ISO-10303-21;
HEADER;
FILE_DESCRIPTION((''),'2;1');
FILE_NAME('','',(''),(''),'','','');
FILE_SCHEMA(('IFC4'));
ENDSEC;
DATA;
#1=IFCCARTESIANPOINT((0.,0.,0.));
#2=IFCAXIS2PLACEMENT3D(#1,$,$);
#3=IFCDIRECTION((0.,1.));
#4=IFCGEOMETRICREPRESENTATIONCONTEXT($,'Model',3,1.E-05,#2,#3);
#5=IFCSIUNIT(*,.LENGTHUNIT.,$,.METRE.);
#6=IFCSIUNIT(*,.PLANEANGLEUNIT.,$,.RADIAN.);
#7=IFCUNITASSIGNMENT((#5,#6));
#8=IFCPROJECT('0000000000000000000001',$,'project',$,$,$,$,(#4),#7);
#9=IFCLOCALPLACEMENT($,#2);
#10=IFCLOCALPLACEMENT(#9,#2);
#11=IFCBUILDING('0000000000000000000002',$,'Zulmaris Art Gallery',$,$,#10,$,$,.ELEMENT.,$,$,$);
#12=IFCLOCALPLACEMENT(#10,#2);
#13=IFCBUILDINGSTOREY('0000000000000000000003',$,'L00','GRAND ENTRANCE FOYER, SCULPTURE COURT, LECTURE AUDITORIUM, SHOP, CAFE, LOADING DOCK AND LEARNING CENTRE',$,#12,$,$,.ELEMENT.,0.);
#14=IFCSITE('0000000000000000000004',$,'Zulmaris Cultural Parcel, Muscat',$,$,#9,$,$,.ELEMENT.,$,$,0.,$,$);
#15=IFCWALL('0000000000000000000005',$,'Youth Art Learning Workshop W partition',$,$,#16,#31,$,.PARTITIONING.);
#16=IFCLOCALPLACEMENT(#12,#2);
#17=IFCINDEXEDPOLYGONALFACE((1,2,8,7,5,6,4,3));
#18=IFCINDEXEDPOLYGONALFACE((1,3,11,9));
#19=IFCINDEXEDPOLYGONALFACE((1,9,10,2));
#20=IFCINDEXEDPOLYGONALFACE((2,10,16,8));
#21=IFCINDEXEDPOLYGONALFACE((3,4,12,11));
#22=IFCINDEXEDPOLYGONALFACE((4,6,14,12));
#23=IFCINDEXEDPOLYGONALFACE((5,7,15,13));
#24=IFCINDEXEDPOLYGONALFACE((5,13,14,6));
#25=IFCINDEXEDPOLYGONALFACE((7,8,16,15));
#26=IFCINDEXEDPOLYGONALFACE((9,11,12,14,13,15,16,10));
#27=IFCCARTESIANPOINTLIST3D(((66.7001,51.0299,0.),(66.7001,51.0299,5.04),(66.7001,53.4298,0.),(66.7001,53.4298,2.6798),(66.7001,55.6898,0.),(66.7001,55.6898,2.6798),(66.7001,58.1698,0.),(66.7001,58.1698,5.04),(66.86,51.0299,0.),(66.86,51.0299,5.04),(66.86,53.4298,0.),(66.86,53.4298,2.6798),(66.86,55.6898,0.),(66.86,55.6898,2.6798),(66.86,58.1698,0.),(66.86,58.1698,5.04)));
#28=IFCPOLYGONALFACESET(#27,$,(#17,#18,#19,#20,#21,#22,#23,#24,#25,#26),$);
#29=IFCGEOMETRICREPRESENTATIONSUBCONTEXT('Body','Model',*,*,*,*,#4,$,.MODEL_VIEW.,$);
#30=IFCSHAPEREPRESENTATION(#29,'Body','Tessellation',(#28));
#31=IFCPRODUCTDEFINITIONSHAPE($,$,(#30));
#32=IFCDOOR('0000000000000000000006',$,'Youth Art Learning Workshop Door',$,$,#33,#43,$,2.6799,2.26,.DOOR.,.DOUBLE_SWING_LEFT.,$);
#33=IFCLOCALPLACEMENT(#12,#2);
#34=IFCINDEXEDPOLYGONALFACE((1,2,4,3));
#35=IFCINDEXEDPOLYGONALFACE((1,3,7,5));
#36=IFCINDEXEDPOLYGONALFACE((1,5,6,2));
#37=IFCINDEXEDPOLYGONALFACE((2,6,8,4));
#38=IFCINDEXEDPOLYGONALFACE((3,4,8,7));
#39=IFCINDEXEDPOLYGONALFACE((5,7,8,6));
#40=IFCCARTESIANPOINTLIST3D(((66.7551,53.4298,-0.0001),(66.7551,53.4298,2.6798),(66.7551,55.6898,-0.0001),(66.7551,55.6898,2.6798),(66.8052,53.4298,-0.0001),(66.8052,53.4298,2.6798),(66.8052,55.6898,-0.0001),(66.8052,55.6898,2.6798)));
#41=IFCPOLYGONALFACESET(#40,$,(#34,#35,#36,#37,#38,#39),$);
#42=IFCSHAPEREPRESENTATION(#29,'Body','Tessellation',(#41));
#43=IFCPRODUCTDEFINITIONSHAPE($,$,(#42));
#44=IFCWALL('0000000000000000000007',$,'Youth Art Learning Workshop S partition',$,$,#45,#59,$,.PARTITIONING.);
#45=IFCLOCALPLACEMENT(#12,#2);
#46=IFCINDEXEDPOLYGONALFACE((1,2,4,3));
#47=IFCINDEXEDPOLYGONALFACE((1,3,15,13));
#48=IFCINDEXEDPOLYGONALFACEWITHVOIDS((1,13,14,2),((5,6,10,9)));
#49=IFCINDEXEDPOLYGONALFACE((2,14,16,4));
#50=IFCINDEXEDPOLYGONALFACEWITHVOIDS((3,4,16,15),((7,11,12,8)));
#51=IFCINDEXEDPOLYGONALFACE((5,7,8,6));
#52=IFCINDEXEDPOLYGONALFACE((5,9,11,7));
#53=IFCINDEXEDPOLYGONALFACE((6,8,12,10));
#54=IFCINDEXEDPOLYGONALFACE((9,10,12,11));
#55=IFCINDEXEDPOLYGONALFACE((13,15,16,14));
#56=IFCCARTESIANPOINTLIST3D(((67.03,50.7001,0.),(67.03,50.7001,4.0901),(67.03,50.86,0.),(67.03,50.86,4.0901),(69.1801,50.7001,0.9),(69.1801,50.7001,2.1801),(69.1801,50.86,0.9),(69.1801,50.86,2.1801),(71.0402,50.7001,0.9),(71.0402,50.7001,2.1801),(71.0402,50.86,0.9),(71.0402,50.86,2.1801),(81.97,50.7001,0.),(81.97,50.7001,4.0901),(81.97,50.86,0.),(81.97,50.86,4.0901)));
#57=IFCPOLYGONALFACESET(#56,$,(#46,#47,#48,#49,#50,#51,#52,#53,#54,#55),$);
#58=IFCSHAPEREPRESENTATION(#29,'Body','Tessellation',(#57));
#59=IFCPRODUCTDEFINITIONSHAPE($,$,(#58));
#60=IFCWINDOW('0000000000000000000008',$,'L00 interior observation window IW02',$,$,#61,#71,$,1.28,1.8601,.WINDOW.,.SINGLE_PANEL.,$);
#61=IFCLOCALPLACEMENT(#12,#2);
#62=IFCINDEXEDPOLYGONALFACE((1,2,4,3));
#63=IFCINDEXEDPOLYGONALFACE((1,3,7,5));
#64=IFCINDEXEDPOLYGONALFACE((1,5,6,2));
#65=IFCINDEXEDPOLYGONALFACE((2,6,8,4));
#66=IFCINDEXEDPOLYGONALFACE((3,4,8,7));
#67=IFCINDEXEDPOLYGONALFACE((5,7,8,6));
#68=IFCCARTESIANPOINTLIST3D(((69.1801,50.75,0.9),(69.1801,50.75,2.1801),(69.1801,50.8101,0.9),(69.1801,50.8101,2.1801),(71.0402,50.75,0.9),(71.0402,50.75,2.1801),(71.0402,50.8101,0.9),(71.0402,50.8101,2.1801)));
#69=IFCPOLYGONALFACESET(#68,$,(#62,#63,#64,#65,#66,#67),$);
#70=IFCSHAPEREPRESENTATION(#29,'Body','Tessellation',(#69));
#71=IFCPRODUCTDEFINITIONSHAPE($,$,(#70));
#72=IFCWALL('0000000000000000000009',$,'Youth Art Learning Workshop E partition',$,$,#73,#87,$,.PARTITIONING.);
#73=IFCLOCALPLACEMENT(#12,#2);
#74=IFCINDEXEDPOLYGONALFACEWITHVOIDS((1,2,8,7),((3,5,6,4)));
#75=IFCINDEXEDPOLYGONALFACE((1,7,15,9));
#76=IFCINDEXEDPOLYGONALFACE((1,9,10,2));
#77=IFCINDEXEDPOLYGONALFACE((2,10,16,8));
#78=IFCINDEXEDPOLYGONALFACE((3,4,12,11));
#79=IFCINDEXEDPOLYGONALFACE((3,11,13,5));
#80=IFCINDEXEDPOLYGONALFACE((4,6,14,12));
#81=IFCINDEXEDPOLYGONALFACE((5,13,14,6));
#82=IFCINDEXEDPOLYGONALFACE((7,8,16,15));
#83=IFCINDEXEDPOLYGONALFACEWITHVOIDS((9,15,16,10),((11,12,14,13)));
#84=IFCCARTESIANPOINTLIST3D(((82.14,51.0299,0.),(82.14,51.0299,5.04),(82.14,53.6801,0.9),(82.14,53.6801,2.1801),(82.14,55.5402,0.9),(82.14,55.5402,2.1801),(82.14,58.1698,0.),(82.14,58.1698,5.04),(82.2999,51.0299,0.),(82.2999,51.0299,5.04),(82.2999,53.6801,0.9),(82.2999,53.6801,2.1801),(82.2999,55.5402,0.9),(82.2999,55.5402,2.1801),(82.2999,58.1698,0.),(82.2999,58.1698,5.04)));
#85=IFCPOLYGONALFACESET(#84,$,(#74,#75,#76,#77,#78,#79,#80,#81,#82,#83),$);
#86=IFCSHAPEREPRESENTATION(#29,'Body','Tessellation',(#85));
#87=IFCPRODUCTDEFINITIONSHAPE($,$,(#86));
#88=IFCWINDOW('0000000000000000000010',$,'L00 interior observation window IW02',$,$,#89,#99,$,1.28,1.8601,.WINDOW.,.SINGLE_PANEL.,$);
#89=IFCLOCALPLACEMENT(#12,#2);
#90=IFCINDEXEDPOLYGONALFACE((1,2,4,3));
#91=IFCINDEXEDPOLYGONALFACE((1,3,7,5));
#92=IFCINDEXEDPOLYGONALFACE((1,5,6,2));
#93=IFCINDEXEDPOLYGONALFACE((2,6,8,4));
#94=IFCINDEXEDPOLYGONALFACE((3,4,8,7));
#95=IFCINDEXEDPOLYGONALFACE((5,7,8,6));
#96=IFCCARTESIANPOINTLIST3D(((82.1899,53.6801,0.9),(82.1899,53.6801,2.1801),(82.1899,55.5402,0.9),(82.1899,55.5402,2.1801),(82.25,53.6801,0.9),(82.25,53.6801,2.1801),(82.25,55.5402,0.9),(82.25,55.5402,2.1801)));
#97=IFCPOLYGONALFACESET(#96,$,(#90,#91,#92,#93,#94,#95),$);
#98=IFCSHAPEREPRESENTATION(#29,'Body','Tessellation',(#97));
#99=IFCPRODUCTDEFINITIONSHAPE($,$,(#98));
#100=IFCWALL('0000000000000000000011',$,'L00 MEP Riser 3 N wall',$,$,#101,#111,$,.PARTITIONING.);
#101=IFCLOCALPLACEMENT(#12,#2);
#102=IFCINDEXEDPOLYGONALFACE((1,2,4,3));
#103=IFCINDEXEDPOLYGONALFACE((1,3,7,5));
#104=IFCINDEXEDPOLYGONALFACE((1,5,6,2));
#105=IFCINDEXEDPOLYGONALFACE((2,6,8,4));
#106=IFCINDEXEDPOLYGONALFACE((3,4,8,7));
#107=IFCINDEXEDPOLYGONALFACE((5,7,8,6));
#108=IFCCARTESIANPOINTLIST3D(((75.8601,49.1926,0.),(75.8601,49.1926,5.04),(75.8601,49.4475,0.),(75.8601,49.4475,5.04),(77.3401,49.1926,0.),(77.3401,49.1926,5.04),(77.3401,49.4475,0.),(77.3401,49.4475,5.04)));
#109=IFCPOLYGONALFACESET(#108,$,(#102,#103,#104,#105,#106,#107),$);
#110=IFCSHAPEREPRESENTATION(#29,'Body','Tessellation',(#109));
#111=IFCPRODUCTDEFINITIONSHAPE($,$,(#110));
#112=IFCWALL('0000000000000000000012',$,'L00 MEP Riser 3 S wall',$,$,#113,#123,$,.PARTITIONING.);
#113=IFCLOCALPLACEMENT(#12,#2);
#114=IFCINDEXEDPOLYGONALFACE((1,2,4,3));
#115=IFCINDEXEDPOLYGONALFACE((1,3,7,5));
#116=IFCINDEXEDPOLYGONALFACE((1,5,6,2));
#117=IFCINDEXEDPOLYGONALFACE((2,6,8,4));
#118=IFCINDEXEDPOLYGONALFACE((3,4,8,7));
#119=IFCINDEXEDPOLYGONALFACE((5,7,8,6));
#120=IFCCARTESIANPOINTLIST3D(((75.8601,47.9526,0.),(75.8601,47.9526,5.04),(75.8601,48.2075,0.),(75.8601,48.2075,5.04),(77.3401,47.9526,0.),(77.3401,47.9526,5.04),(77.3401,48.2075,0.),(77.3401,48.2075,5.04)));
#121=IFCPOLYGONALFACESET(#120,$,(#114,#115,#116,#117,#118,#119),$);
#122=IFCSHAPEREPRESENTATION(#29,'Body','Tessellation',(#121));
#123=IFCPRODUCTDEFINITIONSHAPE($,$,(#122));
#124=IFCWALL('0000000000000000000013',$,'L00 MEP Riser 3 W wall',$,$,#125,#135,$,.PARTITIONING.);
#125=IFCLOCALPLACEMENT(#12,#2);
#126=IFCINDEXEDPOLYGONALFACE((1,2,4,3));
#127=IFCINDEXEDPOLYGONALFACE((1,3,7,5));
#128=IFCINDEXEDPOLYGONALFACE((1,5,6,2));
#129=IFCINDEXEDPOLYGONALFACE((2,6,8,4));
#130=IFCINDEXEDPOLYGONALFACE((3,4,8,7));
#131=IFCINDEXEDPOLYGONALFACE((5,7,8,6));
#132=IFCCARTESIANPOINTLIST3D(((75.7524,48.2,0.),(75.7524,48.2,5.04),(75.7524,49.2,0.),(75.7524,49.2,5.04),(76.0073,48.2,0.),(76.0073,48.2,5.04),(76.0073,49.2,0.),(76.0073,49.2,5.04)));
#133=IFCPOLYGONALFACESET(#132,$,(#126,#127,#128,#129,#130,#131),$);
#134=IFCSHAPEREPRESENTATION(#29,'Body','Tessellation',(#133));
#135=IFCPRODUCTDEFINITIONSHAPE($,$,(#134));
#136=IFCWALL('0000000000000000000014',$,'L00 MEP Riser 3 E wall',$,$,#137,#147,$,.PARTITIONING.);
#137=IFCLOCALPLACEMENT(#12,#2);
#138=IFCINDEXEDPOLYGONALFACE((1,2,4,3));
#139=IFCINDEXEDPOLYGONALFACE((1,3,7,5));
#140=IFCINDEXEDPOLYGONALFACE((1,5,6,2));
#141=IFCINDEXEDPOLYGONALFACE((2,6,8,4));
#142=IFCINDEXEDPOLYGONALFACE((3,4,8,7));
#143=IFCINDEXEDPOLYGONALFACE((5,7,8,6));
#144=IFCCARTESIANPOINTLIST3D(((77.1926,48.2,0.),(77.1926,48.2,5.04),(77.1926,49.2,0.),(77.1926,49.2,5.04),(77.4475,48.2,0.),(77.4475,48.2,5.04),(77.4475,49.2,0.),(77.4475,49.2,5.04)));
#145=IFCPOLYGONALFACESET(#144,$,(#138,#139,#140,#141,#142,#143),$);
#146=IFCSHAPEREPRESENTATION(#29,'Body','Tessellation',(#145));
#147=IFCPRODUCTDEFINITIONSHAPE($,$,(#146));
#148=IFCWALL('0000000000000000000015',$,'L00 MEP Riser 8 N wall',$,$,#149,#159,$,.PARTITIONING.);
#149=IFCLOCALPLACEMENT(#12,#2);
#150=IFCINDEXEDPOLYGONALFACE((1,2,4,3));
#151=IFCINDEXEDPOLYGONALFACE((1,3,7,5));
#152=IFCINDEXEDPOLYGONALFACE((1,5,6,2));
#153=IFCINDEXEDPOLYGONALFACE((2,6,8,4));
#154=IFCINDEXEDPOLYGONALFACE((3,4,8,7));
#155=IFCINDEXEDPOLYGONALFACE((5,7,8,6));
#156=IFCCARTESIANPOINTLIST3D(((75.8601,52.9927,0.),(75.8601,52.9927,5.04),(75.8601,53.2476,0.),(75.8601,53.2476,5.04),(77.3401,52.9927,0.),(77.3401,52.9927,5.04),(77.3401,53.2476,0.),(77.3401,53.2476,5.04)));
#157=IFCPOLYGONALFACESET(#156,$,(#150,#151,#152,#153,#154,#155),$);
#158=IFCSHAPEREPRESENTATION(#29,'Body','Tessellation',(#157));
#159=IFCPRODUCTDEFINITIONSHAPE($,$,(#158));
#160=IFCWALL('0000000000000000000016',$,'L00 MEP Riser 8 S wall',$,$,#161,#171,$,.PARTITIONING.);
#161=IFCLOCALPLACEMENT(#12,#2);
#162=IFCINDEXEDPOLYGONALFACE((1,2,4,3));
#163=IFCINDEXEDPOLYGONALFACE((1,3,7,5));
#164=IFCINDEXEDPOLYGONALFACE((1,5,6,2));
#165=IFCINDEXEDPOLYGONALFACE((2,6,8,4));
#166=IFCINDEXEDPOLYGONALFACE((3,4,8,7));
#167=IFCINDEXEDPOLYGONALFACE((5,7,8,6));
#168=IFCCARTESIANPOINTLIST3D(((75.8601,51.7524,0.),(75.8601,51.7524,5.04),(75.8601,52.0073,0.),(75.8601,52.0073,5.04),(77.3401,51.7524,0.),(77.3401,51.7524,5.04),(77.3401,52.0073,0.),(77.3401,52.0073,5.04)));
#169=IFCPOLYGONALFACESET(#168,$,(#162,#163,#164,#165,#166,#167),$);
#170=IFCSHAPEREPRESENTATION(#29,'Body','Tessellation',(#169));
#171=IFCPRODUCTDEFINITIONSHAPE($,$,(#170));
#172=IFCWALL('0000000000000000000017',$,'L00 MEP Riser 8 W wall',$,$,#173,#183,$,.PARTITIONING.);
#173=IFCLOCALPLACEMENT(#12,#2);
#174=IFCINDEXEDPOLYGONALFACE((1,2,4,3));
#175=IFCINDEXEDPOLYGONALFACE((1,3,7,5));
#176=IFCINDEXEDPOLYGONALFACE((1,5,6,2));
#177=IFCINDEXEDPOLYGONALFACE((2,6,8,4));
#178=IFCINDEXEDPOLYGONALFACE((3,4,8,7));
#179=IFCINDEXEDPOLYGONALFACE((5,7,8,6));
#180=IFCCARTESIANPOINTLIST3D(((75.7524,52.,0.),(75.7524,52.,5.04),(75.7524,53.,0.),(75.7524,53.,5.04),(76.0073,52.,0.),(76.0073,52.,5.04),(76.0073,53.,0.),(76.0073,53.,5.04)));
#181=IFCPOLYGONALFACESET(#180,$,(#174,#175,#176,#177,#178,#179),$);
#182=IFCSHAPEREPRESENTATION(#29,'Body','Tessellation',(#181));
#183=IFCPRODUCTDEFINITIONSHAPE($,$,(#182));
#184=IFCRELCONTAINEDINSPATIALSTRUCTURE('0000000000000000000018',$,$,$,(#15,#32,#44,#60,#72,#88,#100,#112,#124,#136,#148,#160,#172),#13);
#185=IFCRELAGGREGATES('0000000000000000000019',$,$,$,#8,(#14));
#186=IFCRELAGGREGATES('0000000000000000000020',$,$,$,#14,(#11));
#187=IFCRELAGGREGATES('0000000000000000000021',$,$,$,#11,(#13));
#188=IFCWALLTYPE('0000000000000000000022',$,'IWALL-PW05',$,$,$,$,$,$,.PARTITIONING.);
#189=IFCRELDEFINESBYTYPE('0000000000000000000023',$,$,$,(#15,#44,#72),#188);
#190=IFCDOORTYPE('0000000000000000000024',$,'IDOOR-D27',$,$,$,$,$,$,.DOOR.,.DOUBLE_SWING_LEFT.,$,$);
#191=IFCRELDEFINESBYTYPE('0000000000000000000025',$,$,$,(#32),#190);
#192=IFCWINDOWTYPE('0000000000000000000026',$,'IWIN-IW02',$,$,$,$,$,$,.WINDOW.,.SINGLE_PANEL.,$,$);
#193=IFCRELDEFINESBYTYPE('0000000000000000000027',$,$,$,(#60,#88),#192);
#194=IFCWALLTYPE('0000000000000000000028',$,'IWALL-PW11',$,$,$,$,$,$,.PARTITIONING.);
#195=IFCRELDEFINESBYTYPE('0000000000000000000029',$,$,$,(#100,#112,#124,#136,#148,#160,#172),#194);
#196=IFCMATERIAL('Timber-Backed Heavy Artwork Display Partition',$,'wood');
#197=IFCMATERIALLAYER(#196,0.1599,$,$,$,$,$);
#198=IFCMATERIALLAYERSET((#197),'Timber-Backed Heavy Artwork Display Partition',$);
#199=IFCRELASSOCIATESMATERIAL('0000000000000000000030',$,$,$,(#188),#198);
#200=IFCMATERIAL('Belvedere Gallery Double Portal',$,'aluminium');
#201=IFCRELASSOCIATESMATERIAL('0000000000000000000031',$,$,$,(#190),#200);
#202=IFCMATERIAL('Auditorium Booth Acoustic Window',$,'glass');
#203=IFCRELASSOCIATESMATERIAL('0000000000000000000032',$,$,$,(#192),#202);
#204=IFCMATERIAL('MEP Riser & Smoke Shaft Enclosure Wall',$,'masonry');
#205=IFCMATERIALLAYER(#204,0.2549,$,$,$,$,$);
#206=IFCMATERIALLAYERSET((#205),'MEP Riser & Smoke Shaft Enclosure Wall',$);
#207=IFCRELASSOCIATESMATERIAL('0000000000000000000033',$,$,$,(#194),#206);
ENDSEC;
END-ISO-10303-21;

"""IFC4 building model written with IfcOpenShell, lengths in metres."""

from ifc_helpers import new_model, si_unit, direction, frame, frame_2d, origin, place, context, subcontext, project, spatial, rectangle, extrude, material, layer, layer_set, type_object, element, fill, save


model = new_model("IFC4")

# Units and contexts
model_context = context("Model", 3, precision=1e-05, world=origin(), true_north=direction((0.0, 1.0)))
body_context = subcontext(model_context, "Body", "Model", "MODEL_VIEW")
ifc_project = project(units=[si_unit("LENGTHUNIT", "METRE"), si_unit("PLANEANGLEUNIT", "RADIAN")], contexts=[model_context])

# Site, building, storey
site_placement = place(None, origin())
site = spatial("IfcSite", under=ifc_project, at=site_placement, Name="Zulmaris Cultural Parcel, Muscat", CompositionType="ELEMENT", RefElevation=0.0)
building_placement = place(site_placement, origin())
building = spatial("IfcBuilding", under=site, at=building_placement, Name="Zulmaris Art Gallery", CompositionType="ELEMENT")
storey_placement = place(building_placement, origin())
storey = spatial("IfcBuildingStorey", under=building, at=storey_placement, Name="L00", Description="GRAND ENTRANCE FOYER, SCULPTURE COURT, LECTURE AUDITORIUM, SHOP, CAFE, LOADING DOCK AND LEARNING CENTRE", CompositionType="ELEMENT", Elevation=0.0)

# Wall, opening, door
ifc_material_1 = material(Name="Timber-Backed Heavy Artwork Display Partition", Category="wood")
ifc_layer_1 = layer(ifc_material_1, 0.1599)
ifc_layer_set_1 = layer_set([ifc_layer_1], Name="Timber-Backed Heavy Artwork Display Partition")
wall_type_1 = type_object("IfcWallType", Name="IWALL-PW05", PredefinedType="PARTITIONING", material=ifc_layer_set_1)
wall_1_placement = place(storey_placement, frame((66.78, 51.03, 0.0), z_axis=(0.0, 0.0, 1.0), x_axis=(0.0, 1.0, 0.0)))
wall_1 = element("IfcWall", 1, at=wall_1_placement, inside=storey, type_object=wall_type_1, Name="Youth Art Learning Workshop W partition", PredefinedType="PARTITIONING", context=body_context, shape_type="SweptSolid", body=[
    extrude(rectangle(XDim=7.1399, YDim=0.1599, at=frame_2d((3.5698, 0.0))), origin(), (0.0, 0.0, 1.0), 5.04),
])
opening_1_placement = place(wall_1_placement, frame((2.3999, 0.0, 0.0)))
opening_1 = element("IfcOpeningElement", 2, at=opening_1_placement, cuts=wall_1, PredefinedType="OPENING", context=body_context, shape_type="SweptSolid", body=[
    extrude(rectangle(XDim=2.26, YDim=2.6799, at=frame_2d((1.1299, 1.3398))), frame((0.0, 0.0898, 0.0), z_axis=(0.0, -1.0, 0.0), x_axis=(1.0, 0.0, 0.0)), (0.0, 0.0, 1.0), 0.1799),
])
ifc_material_2 = material(Name="Belvedere Gallery Double Portal", Category="aluminium")
door_type = type_object("IfcDoorType", Name="IDOOR-D27", OperationType="DOUBLE_SWING_LEFT", PredefinedType="DOOR", material=ifc_material_2)
door_placement = place(opening_1_placement, origin())
door = element("IfcDoor", 3, at=door_placement, inside=storey, type_object=door_type, Name="Youth Art Learning Workshop Door", OperationType="DOUBLE_SWING_LEFT", OverallHeight=2.6799, OverallWidth=2.26, PredefinedType="DOOR", context=body_context, shape_type="SweptSolid", body=[
    extrude(rectangle(XDim=2.26, YDim=2.6799, at=frame_2d((1.1299, 1.3398))), frame((0.0, 0.0249, 0.0), z_axis=(0.0, -1.0, 0.0), x_axis=(1.0, 0.0, 0.0)), (0.0, 0.0, 1.0), 0.05),
])
fill(opening_1, door)

# Walls, openings, windows
wall_2_placement = place(storey_placement, frame((67.03, 50.78, 0.0), z_axis=(0.0, 0.0, 1.0), x_axis=(1.0, 0.0, 0.0)))
wall_2 = element("IfcWall", 4, at=wall_2_placement, inside=storey, type_object=wall_type_1, Name="Youth Art Learning Workshop S partition", PredefinedType="PARTITIONING", context=body_context, shape_type="SweptSolid", body=[
    extrude(rectangle(XDim=14.9399, YDim=0.1599, at=frame_2d((7.47, 0.0))), origin(), (0.0, 0.0, 1.0), 4.0901),
])
opening_2_placement = place(wall_2_placement, frame((2.1499, 0.0, 0.8999)))
opening_2 = element("IfcOpeningElement", 5, at=opening_2_placement, cuts=wall_2, PredefinedType="OPENING", context=body_context, shape_type="SweptSolid", body=[
    extrude(rectangle(XDim=1.8601, YDim=1.28, at=frame_2d((0.9302, 0.6401))), frame((0.0, 0.0898, 0.0), z_axis=(0.0, -1.0, 0.0), x_axis=(1.0, 0.0, 0.0)), (0.0, 0.0, 1.0), 0.1799),
])
ifc_material_3 = material(Name="Auditorium Booth Acoustic Window", Category="glass")
window_type = type_object("IfcWindowType", Name="IWIN-IW02", PartitioningType="SINGLE_PANEL", PredefinedType="WINDOW", material=ifc_material_3)
window_1_placement = place(opening_2_placement, origin())
window_1 = element("IfcWindow", 6, at=window_1_placement, inside=storey, type_object=window_type, Name="L00 interior observation window IW02", OverallHeight=1.28, OverallWidth=1.8601, PartitioningType="SINGLE_PANEL", PredefinedType="WINDOW", context=body_context, shape_type="SweptSolid", body=[
    extrude(rectangle(XDim=1.8601, YDim=1.28, at=frame_2d((0.9302, 0.6401))), frame((0.0, 0.03, 0.0), z_axis=(0.0, -1.0, 0.0), x_axis=(1.0, 0.0, 0.0)), (0.0, 0.0, 1.0), 0.0601),
])
fill(opening_2, window_1)
wall_3_placement = place(storey_placement, frame((82.22, 51.03, 0.0), z_axis=(0.0, 0.0, 1.0), x_axis=(0.0, 1.0, 0.0)))
wall_3 = element("IfcWall", 7, at=wall_3_placement, inside=storey, type_object=wall_type_1, Name="Youth Art Learning Workshop E partition", PredefinedType="PARTITIONING", context=body_context, shape_type="SweptSolid", body=[
    extrude(rectangle(XDim=7.1399, YDim=0.1599, at=frame_2d((3.5698, 0.0))), origin(), (0.0, 0.0, 1.0), 5.04),
])
opening_3_placement = place(wall_3_placement, frame((2.6499, 0.0, 0.8999)))
opening_3 = element("IfcOpeningElement", 8, at=opening_3_placement, cuts=wall_3, PredefinedType="OPENING", context=body_context, shape_type="SweptSolid", body=[
    extrude(rectangle(XDim=1.8601, YDim=1.28, at=frame_2d((0.9302, 0.6401))), frame((0.0, 0.0898, 0.0), z_axis=(0.0, -1.0, 0.0), x_axis=(1.0, 0.0, 0.0)), (0.0, 0.0, 1.0), 0.1799),
])
window_2_placement = place(opening_3_placement, origin())
window_2 = element("IfcWindow", 9, at=window_2_placement, inside=storey, type_object=window_type, Name="L00 interior observation window IW02", OverallHeight=1.28, OverallWidth=1.8601, PartitioningType="SINGLE_PANEL", PredefinedType="WINDOW", context=body_context, shape_type="SweptSolid", body=[
    extrude(rectangle(XDim=1.8601, YDim=1.28, at=frame_2d((0.9302, 0.6401))), frame((0.0, 0.03, 0.0), z_axis=(0.0, -1.0, 0.0), x_axis=(1.0, 0.0, 0.0)), (0.0, 0.0, 1.0), 0.0601),
])
fill(opening_3, window_2)

# Walls
ifc_material_4 = material(Name="MEP Riser & Smoke Shaft Enclosure Wall", Category="masonry")
ifc_layer_2 = layer(ifc_material_4, 0.2549)
ifc_layer_set_2 = layer_set([ifc_layer_2], Name="MEP Riser & Smoke Shaft Enclosure Wall")
wall_type_2 = type_object("IfcWallType", Name="IWALL-PW11", PredefinedType="PARTITIONING", material=ifc_layer_set_2)
for number, where, z_axis, x_axis, name in (
    (10, (75.8601, 49.3201, 0.0), (0.0, 0.0, 1.0), (1.0, 0.0, 0.0), "L00 MEP Riser 3 N wall"),
    (11, (75.8601, 48.0801, 0.0), (0.0, 0.0, 1.0), (1.0, 0.0, 0.0), "L00 MEP Riser 3 S wall"),
):
    element("IfcWall", number, at=place(storey_placement, frame(where, z_axis=z_axis, x_axis=x_axis)), inside=storey, type_object=wall_type_2, Name=name, PredefinedType="PARTITIONING", context=body_context, shape_type="SweptSolid", body=[
        extrude(rectangle(XDim=1.48, YDim=0.2549, at=frame_2d((0.74, 0.0))), origin(), (0.0, 0.0, 1.0), 5.04),
    ])
for number, where, z_axis, x_axis, name in (
    (12, (75.8799, 48.2, 0.0), (0.0, 0.0, 1.0), (0.0, 1.0, 0.0), "L00 MEP Riser 3 W wall"),
    (13, (77.3201, 48.2, 0.0), (0.0, 0.0, 1.0), (0.0, 1.0, 0.0), "L00 MEP Riser 3 E wall"),
):
    element("IfcWall", number, at=place(storey_placement, frame(where, z_axis=z_axis, x_axis=x_axis)), inside=storey, type_object=wall_type_2, Name=name, PredefinedType="PARTITIONING", context=body_context, shape_type="SweptSolid", body=[
        extrude(rectangle(XDim=1.0, YDim=0.2549, at=frame_2d((0.5, 0.0))), origin(), (0.0, 0.0, 1.0), 5.04),
    ])
for number, where, z_axis, x_axis, name in (
    (14, (75.8601, 53.1201, 0.0), (0.0, 0.0, 1.0), (1.0, 0.0, 0.0), "L00 MEP Riser 8 N wall"),
    (15, (75.8601, 51.8799, 0.0), (0.0, 0.0, 1.0), (1.0, 0.0, 0.0), "L00 MEP Riser 8 S wall"),
):
    element("IfcWall", number, at=place(storey_placement, frame(where, z_axis=z_axis, x_axis=x_axis)), inside=storey, type_object=wall_type_2, Name=name, PredefinedType="PARTITIONING", context=body_context, shape_type="SweptSolid", body=[
        extrude(rectangle(XDim=1.48, YDim=0.2549, at=frame_2d((0.74, 0.0))), origin(), (0.0, 0.0, 1.0), 5.04),
    ])
for number, where, z_axis, x_axis, name in (
    (16, (75.8799, 52.0, 0.0), (0.0, 0.0, 1.0), (0.0, 1.0, 0.0), "L00 MEP Riser 8 W wall"),
):
    element("IfcWall", number, at=place(storey_placement, frame(where, z_axis=z_axis, x_axis=x_axis)), inside=storey, type_object=wall_type_2, Name=name, PredefinedType="PARTITIONING", context=body_context, shape_type="SweptSolid", body=[
        extrude(rectangle(XDim=1.0, YDim=0.2549, at=frame_2d((0.5, 0.0))), origin(), (0.0, 0.0, 1.0), 5.04),
    ])

save(model, "model.ifc")
